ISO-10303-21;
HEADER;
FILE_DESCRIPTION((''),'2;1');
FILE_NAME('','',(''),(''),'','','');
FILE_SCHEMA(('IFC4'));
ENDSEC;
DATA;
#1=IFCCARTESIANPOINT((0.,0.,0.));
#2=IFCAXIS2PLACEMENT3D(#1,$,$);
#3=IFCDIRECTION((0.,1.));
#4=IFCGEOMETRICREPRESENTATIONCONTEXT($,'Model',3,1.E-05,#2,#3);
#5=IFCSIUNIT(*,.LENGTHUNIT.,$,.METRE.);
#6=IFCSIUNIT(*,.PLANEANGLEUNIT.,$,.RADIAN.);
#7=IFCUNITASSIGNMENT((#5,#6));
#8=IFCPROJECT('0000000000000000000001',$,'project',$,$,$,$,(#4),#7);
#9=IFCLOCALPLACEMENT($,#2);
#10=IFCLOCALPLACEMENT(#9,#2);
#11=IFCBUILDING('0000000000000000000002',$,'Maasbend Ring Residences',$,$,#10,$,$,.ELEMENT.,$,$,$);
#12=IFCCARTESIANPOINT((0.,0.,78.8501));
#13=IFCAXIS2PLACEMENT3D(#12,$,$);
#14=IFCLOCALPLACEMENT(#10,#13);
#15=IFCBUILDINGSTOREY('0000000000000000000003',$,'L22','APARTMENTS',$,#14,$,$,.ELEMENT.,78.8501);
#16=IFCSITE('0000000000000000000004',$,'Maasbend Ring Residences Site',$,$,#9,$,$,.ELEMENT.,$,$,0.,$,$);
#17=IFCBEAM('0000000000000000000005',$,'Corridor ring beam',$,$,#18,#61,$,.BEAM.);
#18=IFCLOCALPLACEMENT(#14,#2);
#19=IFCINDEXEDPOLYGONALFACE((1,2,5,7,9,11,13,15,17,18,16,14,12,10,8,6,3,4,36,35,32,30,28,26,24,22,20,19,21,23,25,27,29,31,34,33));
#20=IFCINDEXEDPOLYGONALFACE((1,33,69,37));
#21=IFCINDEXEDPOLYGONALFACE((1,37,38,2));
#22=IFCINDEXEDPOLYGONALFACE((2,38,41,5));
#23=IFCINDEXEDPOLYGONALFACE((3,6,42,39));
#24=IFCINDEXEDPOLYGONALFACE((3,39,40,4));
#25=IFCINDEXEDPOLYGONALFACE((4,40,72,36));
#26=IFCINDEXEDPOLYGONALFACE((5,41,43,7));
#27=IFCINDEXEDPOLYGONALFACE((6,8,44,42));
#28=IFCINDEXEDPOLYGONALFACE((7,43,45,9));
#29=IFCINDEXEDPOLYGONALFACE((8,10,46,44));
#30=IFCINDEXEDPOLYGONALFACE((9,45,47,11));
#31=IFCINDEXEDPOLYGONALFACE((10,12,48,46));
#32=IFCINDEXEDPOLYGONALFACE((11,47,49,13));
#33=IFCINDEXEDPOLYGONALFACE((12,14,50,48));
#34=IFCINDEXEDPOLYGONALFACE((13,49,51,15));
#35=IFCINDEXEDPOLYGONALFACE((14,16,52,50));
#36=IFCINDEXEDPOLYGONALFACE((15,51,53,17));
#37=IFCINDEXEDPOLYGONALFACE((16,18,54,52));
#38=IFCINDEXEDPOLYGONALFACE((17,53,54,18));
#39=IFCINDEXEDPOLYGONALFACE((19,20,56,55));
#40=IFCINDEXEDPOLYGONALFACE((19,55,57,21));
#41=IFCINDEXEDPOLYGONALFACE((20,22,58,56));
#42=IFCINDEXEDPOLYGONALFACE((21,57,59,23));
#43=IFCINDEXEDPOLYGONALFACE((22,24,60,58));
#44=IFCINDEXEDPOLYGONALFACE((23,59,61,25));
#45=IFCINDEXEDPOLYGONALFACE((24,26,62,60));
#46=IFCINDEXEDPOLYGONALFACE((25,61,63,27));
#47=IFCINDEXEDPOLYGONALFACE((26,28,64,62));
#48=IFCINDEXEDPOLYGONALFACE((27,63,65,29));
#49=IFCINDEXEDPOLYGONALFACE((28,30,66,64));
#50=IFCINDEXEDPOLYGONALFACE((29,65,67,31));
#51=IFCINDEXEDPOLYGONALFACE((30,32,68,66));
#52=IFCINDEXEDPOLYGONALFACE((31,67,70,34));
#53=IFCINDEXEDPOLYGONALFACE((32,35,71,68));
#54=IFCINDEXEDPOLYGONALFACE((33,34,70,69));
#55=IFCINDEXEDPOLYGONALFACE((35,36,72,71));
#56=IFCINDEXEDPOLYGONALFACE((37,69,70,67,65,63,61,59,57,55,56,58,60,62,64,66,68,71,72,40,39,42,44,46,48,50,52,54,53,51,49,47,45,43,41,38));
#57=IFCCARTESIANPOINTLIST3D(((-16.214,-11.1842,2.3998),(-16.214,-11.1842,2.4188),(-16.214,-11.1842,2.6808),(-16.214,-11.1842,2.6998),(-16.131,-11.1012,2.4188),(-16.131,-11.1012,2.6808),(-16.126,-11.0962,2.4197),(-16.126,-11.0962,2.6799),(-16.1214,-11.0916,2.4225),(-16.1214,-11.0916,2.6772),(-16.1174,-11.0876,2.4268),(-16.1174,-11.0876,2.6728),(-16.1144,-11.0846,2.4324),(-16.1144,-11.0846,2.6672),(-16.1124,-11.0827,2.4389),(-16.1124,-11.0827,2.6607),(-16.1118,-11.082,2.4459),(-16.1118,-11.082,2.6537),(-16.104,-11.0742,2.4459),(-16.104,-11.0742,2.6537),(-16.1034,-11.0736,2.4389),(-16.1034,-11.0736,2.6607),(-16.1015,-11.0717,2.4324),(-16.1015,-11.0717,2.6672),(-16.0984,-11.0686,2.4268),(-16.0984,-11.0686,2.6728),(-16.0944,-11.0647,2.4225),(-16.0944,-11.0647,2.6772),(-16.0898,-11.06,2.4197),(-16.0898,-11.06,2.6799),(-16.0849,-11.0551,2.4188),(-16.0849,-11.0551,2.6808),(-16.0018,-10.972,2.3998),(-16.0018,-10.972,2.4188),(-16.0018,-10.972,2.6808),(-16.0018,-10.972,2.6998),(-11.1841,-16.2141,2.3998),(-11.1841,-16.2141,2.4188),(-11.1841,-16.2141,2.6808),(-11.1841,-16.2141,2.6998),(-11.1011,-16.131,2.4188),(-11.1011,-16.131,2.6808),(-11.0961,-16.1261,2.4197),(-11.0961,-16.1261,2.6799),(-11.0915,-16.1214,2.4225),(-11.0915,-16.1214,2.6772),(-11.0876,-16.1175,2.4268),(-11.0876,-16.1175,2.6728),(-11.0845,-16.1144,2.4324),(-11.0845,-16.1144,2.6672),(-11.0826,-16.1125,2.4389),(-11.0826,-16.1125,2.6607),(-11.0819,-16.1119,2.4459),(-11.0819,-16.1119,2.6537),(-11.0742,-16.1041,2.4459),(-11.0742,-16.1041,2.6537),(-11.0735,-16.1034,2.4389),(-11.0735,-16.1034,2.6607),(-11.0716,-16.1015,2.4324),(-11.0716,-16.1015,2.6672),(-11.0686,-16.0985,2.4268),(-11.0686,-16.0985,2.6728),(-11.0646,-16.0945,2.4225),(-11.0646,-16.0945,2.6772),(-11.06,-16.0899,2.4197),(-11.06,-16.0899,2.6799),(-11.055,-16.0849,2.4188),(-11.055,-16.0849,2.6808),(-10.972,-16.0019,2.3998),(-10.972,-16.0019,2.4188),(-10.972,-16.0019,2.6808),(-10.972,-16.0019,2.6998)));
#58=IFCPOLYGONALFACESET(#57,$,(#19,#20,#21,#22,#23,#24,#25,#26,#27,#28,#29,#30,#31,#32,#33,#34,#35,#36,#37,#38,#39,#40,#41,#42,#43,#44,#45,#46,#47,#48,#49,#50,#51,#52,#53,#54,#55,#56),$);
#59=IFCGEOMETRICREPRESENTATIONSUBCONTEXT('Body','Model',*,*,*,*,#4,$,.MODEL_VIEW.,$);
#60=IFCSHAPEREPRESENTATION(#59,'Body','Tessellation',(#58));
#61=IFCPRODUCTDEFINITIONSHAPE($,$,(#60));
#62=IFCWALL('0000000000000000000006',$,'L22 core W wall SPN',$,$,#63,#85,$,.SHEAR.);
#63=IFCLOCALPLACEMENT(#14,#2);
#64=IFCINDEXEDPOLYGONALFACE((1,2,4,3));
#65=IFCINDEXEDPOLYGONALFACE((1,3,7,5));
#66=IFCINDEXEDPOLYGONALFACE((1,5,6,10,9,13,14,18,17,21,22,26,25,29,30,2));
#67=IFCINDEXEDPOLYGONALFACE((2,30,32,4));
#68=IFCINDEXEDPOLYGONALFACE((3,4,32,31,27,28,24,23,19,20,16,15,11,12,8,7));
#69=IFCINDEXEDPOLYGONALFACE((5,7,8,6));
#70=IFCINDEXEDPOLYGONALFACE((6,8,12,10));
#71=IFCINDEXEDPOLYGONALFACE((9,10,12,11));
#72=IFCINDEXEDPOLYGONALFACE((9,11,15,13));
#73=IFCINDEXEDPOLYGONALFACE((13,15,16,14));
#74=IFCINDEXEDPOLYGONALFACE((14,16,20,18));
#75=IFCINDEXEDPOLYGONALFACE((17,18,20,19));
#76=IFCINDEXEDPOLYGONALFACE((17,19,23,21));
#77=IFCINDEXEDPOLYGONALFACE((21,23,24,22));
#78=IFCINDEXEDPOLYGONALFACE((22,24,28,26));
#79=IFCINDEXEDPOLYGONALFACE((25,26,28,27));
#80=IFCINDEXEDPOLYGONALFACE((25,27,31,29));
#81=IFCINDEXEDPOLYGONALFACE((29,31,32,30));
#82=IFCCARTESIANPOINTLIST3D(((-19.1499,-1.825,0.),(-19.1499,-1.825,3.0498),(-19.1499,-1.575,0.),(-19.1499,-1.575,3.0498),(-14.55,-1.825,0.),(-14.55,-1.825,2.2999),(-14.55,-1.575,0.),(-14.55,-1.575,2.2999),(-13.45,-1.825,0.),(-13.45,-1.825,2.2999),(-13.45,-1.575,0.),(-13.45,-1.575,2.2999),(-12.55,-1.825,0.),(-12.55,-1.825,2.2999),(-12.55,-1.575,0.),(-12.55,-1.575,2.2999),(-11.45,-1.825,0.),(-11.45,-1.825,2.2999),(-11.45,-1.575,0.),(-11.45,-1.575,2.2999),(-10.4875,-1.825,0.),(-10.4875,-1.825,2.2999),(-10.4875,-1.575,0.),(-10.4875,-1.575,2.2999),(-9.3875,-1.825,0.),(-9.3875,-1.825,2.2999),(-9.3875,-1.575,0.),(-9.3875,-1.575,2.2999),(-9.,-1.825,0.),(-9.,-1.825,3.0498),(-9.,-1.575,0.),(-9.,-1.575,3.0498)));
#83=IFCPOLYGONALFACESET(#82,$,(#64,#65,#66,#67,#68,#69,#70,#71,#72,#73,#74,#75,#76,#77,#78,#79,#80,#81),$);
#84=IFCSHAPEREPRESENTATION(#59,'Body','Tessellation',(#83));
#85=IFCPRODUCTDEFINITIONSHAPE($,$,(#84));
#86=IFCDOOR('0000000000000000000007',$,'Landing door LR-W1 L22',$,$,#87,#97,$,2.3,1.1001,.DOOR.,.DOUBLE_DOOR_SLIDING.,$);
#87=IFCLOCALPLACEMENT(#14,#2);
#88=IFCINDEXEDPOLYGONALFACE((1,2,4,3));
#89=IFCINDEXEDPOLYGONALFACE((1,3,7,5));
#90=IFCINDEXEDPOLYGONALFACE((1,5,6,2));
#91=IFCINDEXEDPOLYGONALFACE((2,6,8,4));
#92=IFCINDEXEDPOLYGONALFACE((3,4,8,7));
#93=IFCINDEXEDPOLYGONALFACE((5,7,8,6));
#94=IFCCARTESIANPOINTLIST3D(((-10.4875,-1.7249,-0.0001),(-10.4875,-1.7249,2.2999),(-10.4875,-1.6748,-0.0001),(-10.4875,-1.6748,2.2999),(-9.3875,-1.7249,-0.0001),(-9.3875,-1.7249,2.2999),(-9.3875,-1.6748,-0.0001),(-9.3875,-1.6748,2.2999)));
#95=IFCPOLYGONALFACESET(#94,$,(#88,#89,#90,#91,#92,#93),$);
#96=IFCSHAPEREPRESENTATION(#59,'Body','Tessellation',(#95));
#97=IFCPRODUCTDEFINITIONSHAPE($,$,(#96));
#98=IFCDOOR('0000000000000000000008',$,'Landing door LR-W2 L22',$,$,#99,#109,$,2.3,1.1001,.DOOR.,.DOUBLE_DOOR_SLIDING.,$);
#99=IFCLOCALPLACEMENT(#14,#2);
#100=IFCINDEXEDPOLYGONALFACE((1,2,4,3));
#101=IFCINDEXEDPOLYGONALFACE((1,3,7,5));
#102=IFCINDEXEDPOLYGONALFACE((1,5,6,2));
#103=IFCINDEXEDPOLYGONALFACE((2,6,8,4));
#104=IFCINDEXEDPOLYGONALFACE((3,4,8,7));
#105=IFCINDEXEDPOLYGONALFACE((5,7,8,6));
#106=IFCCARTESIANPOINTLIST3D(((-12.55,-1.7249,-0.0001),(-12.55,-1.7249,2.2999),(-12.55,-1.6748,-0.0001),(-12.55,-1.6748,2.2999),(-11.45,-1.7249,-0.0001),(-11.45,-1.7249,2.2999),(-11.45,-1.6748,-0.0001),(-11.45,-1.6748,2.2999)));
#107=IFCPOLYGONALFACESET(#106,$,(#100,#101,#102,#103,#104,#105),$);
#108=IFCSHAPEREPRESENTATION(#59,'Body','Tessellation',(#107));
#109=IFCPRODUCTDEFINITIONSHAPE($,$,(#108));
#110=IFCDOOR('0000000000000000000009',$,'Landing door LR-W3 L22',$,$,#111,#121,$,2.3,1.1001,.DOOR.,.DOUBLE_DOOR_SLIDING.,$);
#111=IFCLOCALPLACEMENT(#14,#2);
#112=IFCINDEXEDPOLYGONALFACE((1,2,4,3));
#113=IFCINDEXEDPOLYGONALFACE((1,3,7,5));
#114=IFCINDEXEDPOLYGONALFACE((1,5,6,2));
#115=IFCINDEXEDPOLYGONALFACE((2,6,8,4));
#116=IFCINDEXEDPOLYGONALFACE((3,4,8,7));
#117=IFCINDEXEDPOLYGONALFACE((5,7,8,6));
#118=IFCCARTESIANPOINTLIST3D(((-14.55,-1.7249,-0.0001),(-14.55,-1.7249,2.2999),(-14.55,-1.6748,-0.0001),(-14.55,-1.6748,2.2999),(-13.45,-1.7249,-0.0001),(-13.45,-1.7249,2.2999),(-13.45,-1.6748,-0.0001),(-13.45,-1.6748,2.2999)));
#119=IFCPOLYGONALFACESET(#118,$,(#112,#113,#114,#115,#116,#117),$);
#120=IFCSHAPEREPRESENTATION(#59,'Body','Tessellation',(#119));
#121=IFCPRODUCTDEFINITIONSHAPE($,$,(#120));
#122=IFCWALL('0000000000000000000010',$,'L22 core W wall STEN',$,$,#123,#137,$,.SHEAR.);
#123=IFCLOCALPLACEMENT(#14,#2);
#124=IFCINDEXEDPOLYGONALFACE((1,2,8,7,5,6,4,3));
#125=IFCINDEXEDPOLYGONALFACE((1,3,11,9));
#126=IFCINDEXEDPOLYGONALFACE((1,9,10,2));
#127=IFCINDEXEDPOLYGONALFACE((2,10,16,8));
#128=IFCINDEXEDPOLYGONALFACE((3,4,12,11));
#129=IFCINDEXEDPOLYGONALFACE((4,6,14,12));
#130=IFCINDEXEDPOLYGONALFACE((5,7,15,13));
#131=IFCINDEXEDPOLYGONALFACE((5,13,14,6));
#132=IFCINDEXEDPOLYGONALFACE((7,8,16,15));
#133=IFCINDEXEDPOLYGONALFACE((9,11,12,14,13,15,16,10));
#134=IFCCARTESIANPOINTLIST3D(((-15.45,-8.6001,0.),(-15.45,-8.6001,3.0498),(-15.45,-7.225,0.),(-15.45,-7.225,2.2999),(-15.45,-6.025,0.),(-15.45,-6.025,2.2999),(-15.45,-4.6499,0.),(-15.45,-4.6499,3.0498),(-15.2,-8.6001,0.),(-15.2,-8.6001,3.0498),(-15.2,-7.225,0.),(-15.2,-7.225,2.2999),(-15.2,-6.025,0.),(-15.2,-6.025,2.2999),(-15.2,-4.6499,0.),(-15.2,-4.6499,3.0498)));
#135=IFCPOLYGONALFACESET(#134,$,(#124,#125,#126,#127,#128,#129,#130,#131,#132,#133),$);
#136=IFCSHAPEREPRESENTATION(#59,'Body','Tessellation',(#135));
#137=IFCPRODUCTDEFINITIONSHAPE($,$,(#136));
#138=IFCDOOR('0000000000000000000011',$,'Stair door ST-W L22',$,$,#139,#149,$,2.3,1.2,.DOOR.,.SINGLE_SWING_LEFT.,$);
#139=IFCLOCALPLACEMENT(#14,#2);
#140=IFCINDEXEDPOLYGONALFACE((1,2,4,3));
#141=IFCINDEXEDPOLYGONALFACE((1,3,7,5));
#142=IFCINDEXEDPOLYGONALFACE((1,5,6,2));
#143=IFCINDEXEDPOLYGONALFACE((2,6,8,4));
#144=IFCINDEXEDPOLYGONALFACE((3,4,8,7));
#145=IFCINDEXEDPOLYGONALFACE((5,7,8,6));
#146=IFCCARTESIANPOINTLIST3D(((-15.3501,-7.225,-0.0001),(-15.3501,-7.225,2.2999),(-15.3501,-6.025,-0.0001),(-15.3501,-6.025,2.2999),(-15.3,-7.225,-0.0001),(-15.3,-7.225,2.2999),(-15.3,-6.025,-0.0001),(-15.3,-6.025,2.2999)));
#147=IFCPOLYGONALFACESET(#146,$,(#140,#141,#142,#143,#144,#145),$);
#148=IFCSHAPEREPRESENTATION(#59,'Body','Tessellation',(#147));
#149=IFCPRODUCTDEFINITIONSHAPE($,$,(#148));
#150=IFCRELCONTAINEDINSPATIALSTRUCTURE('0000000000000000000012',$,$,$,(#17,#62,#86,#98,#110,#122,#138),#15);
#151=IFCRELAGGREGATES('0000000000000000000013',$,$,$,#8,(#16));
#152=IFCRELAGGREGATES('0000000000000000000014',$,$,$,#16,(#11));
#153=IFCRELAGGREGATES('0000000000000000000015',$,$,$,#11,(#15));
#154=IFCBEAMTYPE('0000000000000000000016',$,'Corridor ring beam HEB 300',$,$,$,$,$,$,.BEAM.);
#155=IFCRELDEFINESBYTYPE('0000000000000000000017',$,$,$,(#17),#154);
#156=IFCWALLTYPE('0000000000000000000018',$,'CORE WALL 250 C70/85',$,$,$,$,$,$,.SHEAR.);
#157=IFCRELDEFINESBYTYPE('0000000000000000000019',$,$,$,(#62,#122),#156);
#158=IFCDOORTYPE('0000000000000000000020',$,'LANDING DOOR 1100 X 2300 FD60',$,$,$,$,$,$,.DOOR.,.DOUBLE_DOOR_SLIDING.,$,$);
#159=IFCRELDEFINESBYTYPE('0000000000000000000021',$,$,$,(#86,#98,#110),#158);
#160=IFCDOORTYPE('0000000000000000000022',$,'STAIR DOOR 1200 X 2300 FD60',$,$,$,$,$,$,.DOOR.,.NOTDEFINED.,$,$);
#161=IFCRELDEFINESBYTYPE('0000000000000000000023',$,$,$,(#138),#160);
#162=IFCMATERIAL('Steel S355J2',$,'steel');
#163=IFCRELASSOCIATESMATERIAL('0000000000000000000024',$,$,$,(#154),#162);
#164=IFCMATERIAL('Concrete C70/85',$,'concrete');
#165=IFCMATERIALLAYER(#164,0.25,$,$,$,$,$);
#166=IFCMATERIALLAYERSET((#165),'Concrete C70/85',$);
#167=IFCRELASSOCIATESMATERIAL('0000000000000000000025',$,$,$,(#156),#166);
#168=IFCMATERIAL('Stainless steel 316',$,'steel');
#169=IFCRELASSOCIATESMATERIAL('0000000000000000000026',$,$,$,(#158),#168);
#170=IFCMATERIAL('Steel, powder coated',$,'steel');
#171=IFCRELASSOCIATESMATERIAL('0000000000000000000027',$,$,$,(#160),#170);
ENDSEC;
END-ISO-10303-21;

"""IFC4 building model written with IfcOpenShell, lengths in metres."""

from ifc_helpers import new_model, si_unit, direction, frame, frame_2d, origin, origin_2d, place, context, subcontext, project, spatial, rectangle, i_section, extrude, material, layer, layer_set, material_profile, profile_set, type_object, element, fill, save


model = new_model("IFC4")

# Units and contexts
model_context = context("Model", 3, precision=1e-05, world=origin(), true_north=direction((0.0, 1.0)))
body_context = subcontext(model_context, "Body", "Model", "MODEL_VIEW")
ifc_project = project(units=[si_unit("LENGTHUNIT", "METRE"), si_unit("PLANEANGLEUNIT", "RADIAN")], contexts=[model_context])

# Site, building, storey
site_placement = place(None, origin())
site = spatial("IfcSite", under=ifc_project, at=site_placement, Name="Maasbend Ring Residences Site", CompositionType="ELEMENT", RefElevation=0.0)
building_placement = place(site_placement, origin())
building = spatial("IfcBuilding", under=site, at=building_placement, Name="Maasbend Ring Residences", CompositionType="ELEMENT")
storey_placement = place(building_placement, frame((0.0, 0.0, 78.8501)))
storey = spatial("IfcBuildingStorey", under=building, at=storey_placement, Name="L22", Description="APARTMENTS", CompositionType="ELEMENT", Elevation=78.8501)

# Beam
ifc_material_1 = material(Name="Steel S355J2", Category="steel")
ifc_material_profile = material_profile(ifc_material_1, i_section(OverallWidth=0.3, OverallDepth=0.3, WebThickness=0.011, FlangeThickness=0.019, FilletRadius=0.0271, at=origin_2d()), Name="HEB 300")
ifc_profile_set = profile_set([ifc_material_profile], Name="Steel S355J2")
beam_type = type_object("IfcBeamType", Name="Corridor ring beam HEB 300", PredefinedType="BEAM", material=ifc_profile_set)
beam_placement = place(storey_placement, frame((-16.1079, -11.0781, 2.5498), z_axis=(0.707107, -0.707107, 0.0), x_axis=(0.707107, 0.707107, 0.0)))
element("IfcBeam", 1, at=beam_placement, inside=storey, type_object=beam_type, Name="Corridor ring beam", PredefinedType="BEAM", context=body_context, shape_type="SweptSolid", body=[
    extrude(i_section(OverallWidth=0.3, OverallDepth=0.3, WebThickness=0.011, FlangeThickness=0.019, FilletRadius=0.0271, at=origin_2d()), origin(), (0.0, 0.0, 1.0), 7.1133),
])

# Wall, openings, doors
ifc_material_2 = material(Name="Concrete C70/85", Category="concrete")
ifc_layer_1 = layer(ifc_material_2, 0.25)
ifc_layer_set_1 = layer_set([ifc_layer_1], Name="Concrete C70/85")
wall_type_1 = type_object("IfcWallType", Name="CORE WALL 250 C70/85", PredefinedType="SHEAR", material=ifc_layer_set_1)
wall_1_placement = place(storey_placement, frame((-9.0, -1.7, 0.0), z_axis=(0.0, 0.0, 1.0), x_axis=(-1.0, 0.0, 0.0)))
wall_1 = element("IfcWall", 2, at=wall_1_placement, inside=storey, type_object=wall_type_1, Name="L22 core W wall SPN", PredefinedType="SHEAR", context=body_context, shape_type="SweptSolid", body=[
    extrude(rectangle(XDim=10.1499, YDim=0.25, at=frame_2d((5.075, 0.0))), origin(), (0.0, 0.0, 1.0), 3.0498),
])
opening_1_placement = place(wall_1_placement, frame((0.3875, 0.0, 0.0)))
opening_1 = element("IfcOpeningElement", 3, at=opening_1_placement, cuts=wall_1, PredefinedType="OPENING", context=body_context, shape_type="SweptSolid", body=[
    extrude(rectangle(XDim=1.1001, YDim=2.3, at=frame_2d((0.55, 1.1499))), frame((0.0, 0.135, 0.0), z_axis=(0.0, -1.0, 0.0), x_axis=(1.0, 0.0, 0.0)), (0.0, 0.0, 1.0), 0.27),
])
opening_2_placement = place(wall_1_placement, frame((2.45, 0.0, 0.0)))
opening_2 = element("IfcOpeningElement", 4, at=opening_2_placement, cuts=wall_1, PredefinedType="OPENING", context=body_context, shape_type="SweptSolid", body=[
    extrude(rectangle(XDim=1.1001, YDim=2.3, at=frame_2d((0.55, 1.1499))), frame((0.0, 0.135, 0.0), z_axis=(0.0, -1.0, 0.0), x_axis=(1.0, 0.0, 0.0)), (0.0, 0.0, 1.0), 0.27),
])
opening_3_placement = place(wall_1_placement, frame((4.45, 0.0, 0.0)))
opening_3 = element("IfcOpeningElement", 5, at=opening_3_placement, cuts=wall_1, PredefinedType="OPENING", context=body_context, shape_type="SweptSolid", body=[
    extrude(rectangle(XDim=1.1001, YDim=2.3, at=frame_2d((0.55, 1.1499))), frame((0.0, 0.135, 0.0), z_axis=(0.0, -1.0, 0.0), x_axis=(1.0, 0.0, 0.0)), (0.0, 0.0, 1.0), 0.27),
])
ifc_material_3 = material(Name="Stainless steel 316", Category="steel")
door_type_1 = type_object("IfcDoorType", Name="LANDING DOOR 1100 X 2300 FD60", OperationType="DOUBLE_DOOR_SLIDING", PredefinedType="DOOR", material=ifc_material_3)
door_1_placement = place(opening_1_placement, origin())
door_1 = element("IfcDoor", 6, at=door_1_placement, inside=storey, type_object=door_type_1, Name="Landing door LR-W1 L22", OperationType="DOUBLE_DOOR_SLIDING", OverallHeight=2.3, OverallWidth=1.1001, PredefinedType="DOOR", context=body_context, shape_type="SweptSolid", body=[
    extrude(rectangle(XDim=1.1001, YDim=2.3, at=frame_2d((0.55, 1.1499))), frame((0.0, 0.0249, 0.0), z_axis=(0.0, -1.0, 0.0), x_axis=(1.0, 0.0, 0.0)), (0.0, 0.0, 1.0), 0.05),
])
fill(opening_1, door_1)
door_2_placement = place(opening_2_placement, origin())
door_2 = element("IfcDoor", 7, at=door_2_placement, inside=storey, type_object=door_type_1, Name="Landing door LR-W2 L22", OperationType="DOUBLE_DOOR_SLIDING", OverallHeight=2.3, OverallWidth=1.1001, PredefinedType="DOOR", context=body_context, shape_type="SweptSolid", body=[
    extrude(rectangle(XDim=1.1001, YDim=2.3, at=frame_2d((0.55, 1.1499))), frame((0.0, 0.0249, 0.0), z_axis=(0.0, -1.0, 0.0), x_axis=(1.0, 0.0, 0.0)), (0.0, 0.0, 1.0), 0.05),
])
fill(opening_2, door_2)
door_3_placement = place(opening_3_placement, origin())
door_3 = element("IfcDoor", 8, at=door_3_placement, inside=storey, type_object=door_type_1, Name="Landing door LR-W3 L22", OperationType="DOUBLE_DOOR_SLIDING", OverallHeight=2.3, OverallWidth=1.1001, PredefinedType="DOOR", context=body_context, shape_type="SweptSolid", body=[
    extrude(rectangle(XDim=1.1001, YDim=2.3, at=frame_2d((0.55, 1.1499))), frame((0.0, 0.0249, 0.0), z_axis=(0.0, -1.0, 0.0), x_axis=(1.0, 0.0, 0.0)), (0.0, 0.0, 1.0), 0.05),
])
fill(opening_3, door_3)

# Wall, opening, door
wall_2_placement = place(storey_placement, frame((-15.325, -4.6499, 0.0), z_axis=(0.0, 0.0, 1.0), x_axis=(0.0, -1.0, 0.0)))
wall_2 = element("IfcWall", 9, at=wall_2_placement, inside=storey, type_object=wall_type_1, Name="L22 core W wall STEN", PredefinedType="SHEAR", context=body_context, shape_type="SweptSolid", body=[
    extrude(rectangle(XDim=3.9502, YDim=0.25, at=frame_2d((1.9751, 0.0))), origin(), (0.0, 0.0, 1.0), 3.0498),
])
opening_4_placement = place(wall_2_placement, frame((1.375, 0.0, 0.0)))
opening_4 = element("IfcOpeningElement", 10, at=opening_4_placement, cuts=wall_2, PredefinedType="OPENING", context=body_context, shape_type="SweptSolid", body=[
    extrude(rectangle(XDim=1.2, YDim=2.3, at=frame_2d((0.6001, 1.1499))), frame((0.0, 0.135, 0.0), z_axis=(0.0, -1.0, 0.0), x_axis=(1.0, 0.0, 0.0)), (0.0, 0.0, 1.0), 0.27),
])
ifc_material_4 = material(Name="Steel, powder coated", Category="steel")
door_type_2 = type_object("IfcDoorType", Name="STAIR DOOR 1200 X 2300 FD60", OperationType="NOTDEFINED", PredefinedType="DOOR", material=ifc_material_4)
door_4_placement = place(opening_4_placement, origin())
door_4 = element("IfcDoor", 11, at=door_4_placement, inside=storey, type_object=door_type_2, Name="Stair door ST-W L22", OperationType="SINGLE_SWING_LEFT", OverallHeight=2.3, OverallWidth=1.2, PredefinedType="DOOR", context=body_context, shape_type="SweptSolid", body=[
    extrude(rectangle(XDim=1.2, YDim=2.3, at=frame_2d((0.6001, 1.1499))), frame((0.0, 0.0249, 0.0), z_axis=(0.0, -1.0, 0.0), x_axis=(1.0, 0.0, 0.0)), (0.0, 0.0, 1.0), 0.05),
])
fill(opening_4, door_4)

save(model, "model.ifc")
